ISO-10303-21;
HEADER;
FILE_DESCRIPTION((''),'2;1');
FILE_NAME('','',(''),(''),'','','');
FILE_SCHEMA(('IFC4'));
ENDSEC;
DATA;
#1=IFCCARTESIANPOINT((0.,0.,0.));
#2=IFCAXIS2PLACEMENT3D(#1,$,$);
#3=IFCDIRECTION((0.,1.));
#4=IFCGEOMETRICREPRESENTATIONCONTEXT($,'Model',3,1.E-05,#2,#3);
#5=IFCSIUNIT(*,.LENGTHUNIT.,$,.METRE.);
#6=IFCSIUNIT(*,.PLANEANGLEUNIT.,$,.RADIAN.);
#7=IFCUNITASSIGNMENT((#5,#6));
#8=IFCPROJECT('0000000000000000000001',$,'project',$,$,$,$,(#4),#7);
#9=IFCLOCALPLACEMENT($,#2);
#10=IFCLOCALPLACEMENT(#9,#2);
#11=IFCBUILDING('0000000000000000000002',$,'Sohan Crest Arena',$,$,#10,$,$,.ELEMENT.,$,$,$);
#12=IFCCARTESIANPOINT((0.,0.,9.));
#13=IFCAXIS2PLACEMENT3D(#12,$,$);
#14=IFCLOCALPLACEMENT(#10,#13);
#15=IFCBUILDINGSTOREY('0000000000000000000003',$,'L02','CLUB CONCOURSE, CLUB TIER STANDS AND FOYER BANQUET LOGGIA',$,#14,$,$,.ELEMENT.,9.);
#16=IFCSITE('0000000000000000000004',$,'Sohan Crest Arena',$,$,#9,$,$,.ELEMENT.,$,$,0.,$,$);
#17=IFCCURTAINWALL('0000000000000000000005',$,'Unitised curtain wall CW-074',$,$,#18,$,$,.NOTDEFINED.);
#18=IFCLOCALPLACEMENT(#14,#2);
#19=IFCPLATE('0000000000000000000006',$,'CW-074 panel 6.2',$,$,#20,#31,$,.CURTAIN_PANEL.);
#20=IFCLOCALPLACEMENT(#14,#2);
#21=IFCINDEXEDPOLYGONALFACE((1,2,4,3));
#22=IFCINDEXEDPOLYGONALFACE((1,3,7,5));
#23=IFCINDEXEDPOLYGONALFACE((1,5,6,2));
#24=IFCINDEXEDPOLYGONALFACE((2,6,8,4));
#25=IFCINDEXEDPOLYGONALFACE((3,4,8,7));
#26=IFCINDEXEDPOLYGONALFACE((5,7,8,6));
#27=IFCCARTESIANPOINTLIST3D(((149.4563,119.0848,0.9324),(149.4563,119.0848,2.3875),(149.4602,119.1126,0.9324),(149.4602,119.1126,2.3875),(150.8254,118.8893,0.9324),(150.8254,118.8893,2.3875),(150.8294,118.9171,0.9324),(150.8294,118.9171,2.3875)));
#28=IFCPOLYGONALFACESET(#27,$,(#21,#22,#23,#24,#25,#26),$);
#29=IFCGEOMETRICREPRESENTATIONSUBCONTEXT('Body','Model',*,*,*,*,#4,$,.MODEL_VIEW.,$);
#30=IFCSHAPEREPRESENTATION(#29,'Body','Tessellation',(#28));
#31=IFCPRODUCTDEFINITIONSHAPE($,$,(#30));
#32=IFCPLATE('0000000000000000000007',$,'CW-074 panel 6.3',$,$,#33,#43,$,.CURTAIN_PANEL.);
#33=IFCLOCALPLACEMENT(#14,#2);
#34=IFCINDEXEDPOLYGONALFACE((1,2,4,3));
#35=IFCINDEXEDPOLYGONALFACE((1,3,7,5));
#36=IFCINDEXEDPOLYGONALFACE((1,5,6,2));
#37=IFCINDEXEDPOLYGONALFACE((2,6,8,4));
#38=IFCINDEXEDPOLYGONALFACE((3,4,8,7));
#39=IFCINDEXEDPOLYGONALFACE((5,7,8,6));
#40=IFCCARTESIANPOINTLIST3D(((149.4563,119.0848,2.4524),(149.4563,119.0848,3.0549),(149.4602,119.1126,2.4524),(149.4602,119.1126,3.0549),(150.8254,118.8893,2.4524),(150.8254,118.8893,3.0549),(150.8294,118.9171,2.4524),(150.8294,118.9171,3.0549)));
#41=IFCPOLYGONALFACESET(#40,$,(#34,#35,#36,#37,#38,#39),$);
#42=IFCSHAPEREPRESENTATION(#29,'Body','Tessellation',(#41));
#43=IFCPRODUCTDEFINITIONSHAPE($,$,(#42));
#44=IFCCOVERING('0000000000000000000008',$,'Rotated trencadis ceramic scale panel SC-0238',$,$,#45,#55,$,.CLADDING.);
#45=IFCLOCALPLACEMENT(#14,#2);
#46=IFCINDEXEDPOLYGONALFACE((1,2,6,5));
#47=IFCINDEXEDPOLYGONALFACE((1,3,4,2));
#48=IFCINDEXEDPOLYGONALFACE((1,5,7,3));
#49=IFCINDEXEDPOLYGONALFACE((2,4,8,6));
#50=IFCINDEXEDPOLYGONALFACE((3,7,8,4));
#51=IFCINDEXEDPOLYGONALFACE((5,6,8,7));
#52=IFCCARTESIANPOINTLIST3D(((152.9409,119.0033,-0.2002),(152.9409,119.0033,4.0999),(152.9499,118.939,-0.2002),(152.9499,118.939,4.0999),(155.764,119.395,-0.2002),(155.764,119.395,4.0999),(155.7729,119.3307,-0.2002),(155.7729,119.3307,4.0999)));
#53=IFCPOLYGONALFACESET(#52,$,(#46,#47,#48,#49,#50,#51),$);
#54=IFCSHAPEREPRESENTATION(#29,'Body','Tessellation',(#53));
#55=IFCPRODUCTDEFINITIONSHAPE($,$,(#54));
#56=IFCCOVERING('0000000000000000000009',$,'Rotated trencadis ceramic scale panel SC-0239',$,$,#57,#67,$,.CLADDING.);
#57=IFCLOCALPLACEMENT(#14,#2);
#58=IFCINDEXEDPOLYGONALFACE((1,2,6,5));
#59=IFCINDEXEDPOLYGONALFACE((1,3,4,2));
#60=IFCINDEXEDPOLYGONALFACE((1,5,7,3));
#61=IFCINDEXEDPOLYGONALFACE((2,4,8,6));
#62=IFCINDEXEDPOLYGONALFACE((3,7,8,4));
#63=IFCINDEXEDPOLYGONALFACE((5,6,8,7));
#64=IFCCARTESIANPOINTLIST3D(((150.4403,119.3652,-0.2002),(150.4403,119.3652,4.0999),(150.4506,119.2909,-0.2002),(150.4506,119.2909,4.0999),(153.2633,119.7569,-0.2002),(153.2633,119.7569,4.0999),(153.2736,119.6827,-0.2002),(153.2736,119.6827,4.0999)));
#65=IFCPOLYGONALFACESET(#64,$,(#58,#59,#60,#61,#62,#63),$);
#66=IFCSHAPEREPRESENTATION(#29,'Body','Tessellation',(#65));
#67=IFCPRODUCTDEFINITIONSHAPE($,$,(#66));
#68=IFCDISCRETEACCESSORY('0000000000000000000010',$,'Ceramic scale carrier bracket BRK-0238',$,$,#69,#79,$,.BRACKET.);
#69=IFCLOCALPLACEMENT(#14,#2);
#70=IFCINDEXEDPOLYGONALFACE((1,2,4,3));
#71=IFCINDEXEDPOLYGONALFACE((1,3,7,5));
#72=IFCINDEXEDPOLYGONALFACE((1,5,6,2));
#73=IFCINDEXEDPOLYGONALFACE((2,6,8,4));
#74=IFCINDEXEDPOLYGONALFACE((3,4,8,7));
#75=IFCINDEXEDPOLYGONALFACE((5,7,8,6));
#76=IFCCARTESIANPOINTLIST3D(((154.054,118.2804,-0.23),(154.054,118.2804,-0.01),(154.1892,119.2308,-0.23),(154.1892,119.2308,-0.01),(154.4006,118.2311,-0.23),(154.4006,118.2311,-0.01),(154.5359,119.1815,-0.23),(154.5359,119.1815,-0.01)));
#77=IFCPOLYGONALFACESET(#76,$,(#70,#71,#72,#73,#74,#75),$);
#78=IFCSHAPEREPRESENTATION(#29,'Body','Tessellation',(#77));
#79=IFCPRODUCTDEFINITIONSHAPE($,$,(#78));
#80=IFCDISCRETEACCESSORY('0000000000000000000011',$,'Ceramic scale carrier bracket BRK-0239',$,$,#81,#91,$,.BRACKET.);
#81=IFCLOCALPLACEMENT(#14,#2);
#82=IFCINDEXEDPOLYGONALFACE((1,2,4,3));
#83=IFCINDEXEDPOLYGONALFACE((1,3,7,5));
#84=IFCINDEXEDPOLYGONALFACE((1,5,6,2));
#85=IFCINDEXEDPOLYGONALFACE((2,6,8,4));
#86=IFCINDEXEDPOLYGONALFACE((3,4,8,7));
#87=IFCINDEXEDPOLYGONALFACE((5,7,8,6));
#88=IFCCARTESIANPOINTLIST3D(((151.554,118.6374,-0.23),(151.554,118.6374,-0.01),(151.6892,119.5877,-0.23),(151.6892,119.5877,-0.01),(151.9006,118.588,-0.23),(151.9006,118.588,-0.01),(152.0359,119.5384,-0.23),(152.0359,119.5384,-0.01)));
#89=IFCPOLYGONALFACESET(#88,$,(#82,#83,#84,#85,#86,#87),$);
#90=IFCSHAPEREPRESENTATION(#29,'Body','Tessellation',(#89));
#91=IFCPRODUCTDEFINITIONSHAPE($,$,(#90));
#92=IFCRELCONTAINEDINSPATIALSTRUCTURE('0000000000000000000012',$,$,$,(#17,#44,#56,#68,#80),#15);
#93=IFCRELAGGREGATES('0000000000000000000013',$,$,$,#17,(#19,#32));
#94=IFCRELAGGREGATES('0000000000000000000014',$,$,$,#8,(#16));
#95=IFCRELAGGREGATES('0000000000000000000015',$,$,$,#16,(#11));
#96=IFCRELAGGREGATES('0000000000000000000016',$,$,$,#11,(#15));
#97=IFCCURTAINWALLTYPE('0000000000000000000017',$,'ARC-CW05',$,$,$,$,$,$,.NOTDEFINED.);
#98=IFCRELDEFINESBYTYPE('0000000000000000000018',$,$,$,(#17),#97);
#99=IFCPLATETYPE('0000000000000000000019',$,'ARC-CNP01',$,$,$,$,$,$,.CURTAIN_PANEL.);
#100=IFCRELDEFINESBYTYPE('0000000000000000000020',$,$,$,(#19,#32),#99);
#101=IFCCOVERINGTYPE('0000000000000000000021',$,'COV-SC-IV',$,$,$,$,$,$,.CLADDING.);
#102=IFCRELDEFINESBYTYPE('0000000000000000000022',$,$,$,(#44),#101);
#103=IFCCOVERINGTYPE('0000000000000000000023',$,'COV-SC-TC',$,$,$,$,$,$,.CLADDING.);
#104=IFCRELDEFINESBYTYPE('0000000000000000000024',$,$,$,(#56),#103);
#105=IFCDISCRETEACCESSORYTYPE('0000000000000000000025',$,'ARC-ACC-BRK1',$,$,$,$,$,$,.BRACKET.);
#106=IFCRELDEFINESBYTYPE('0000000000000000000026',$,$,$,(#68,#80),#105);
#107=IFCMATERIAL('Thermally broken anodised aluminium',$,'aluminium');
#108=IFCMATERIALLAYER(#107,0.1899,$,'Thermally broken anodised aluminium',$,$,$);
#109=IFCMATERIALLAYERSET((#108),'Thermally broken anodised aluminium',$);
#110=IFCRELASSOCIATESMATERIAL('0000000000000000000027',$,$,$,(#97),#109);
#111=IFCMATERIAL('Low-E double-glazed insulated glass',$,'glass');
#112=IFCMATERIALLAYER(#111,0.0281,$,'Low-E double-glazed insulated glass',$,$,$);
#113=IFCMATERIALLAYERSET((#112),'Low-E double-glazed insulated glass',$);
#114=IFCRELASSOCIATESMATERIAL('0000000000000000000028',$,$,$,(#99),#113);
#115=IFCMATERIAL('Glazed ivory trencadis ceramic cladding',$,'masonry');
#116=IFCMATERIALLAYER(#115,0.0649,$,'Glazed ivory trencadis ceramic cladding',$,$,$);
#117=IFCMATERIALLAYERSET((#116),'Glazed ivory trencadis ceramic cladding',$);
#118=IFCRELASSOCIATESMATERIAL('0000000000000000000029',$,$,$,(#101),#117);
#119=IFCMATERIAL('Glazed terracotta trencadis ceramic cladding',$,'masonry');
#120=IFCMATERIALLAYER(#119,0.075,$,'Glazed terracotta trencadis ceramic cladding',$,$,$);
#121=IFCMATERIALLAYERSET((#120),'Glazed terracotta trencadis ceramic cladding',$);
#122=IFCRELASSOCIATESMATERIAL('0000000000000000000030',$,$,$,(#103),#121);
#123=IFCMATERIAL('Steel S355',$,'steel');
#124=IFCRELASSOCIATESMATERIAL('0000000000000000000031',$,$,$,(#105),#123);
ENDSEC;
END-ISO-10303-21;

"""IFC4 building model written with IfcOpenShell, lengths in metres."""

from ifc_helpers import new_model, si_unit, direction, frame, origin, origin_2d, place, context, subcontext, project, spatial, rectangle, extrude, material, layer, layer_set, type_object, element, aggregate, save


model = new_model("IFC4")

# Units and contexts
model_context = context("Model", 3, precision=1e-05, world=origin(), true_north=direction((0.0, 1.0)))
body_context = subcontext(model_context, "Body", "Model", "MODEL_VIEW")
ifc_project = project(units=[si_unit("LENGTHUNIT", "METRE"), si_unit("PLANEANGLEUNIT", "RADIAN")], contexts=[model_context])

# Site, building, storey
site_placement = place(None, origin())
site = spatial("IfcSite", under=ifc_project, at=site_placement, Name="Sohan Crest Arena", CompositionType="ELEMENT", RefElevation=0.0)
building_placement = place(site_placement, origin())
building = spatial("IfcBuilding", under=site, at=building_placement, Name="Sohan Crest Arena", CompositionType="ELEMENT")
storey_placement = place(building_placement, frame((0.0, 0.0, 9.0)))
storey = spatial("IfcBuildingStorey", under=building, at=storey_placement, Name="L02", Description="CLUB CONCOURSE, CLUB TIER STANDS AND FOYER BANQUET LOGGIA", CompositionType="ELEMENT", Elevation=9.0)

# Curtain wall, plates
ifc_material_1 = material(Name="Thermally broken anodised aluminium", Category="aluminium")
ifc_layer_1 = layer(ifc_material_1, 0.1899, Name="Thermally broken anodised aluminium")
ifc_layer_set_1 = layer_set([ifc_layer_1], Name="Thermally broken anodised aluminium")
curtain_wall_type = type_object("IfcCurtainWallType", Name="ARC-CW05", PredefinedType="NOTDEFINED", material=ifc_layer_set_1)
curtain_wall_placement = place(storey_placement, origin())
curtain_wall = element("IfcCurtainWall", 1, at=curtain_wall_placement, inside=storey, type_object=curtain_wall_type, Name="Unitised curtain wall CW-074", PredefinedType="NOTDEFINED")
ifc_material_2 = material(Name="Low-E double-glazed insulated glass", Category="glass")
ifc_layer_2 = layer(ifc_material_2, 0.0281, Name="Low-E double-glazed insulated glass")
ifc_layer_set_2 = layer_set([ifc_layer_2], Name="Low-E double-glazed insulated glass")
plate_type = type_object("IfcPlateType", Name="ARC-CNP01", PredefinedType="CURTAIN_PANEL", material=ifc_layer_set_2)
plate_1_placement = place(storey_placement, frame((150.1428, 119.001, 0.9324), z_axis=(0.0, 0.0, 1.0), x_axis=(-0.989957, 0.141366, 0.0)))
plate_1 = element("IfcPlate", 2, at=plate_1_placement, type_object=plate_type, Name="CW-074 panel 6.2", PredefinedType="CURTAIN_PANEL", context=body_context, shape_type="SweptSolid", body=[
    extrude(rectangle(XDim=1.3831, YDim=0.0281, at=origin_2d()), origin(), (0.0, 0.0, 1.0), 1.4551),
])
plate_2_placement = place(storey_placement, frame((150.1428, 119.001, 2.4524), z_axis=(0.0, 0.0, 1.0), x_axis=(-0.989957, 0.141366, 0.0)))
plate_2 = element("IfcPlate", 3, at=plate_2_placement, type_object=plate_type, Name="CW-074 panel 6.3", PredefinedType="CURTAIN_PANEL", context=body_context, shape_type="SweptSolid", body=[
    extrude(rectangle(XDim=1.3831, YDim=0.0281, at=origin_2d()), origin(), (0.0, 0.0, 1.0), 0.6025),
])
aggregate(curtain_wall, [plate_1, plate_2])

# Coverings
ifc_material_3 = material(Name="Glazed ivory trencadis ceramic cladding", Category="masonry")
ifc_layer_3 = layer(ifc_material_3, 0.0649, Name="Glazed ivory trencadis ceramic cladding")
ifc_layer_set_3 = layer_set([ifc_layer_3], Name="Glazed ivory trencadis ceramic cladding")
covering_type_1 = type_object("IfcCoveringType", Name="COV-SC-IV", PredefinedType="CLADDING", material=ifc_layer_set_3)
covering_1_placement = place(storey_placement, frame((154.3569, 119.167, -0.2002), z_axis=(0.0, 0.0, 1.0), x_axis=(-0.990509, -0.137445, 0.0)))
element("IfcCovering", 4, at=covering_1_placement, inside=storey, type_object=covering_type_1, Name="Rotated trencadis ceramic scale panel SC-0238", PredefinedType="CLADDING", context=body_context, shape_type="SweptSolid", body=[
    extrude(rectangle(XDim=2.8501, YDim=0.0649, at=origin_2d()), origin(), (0.0, 0.0, 1.0), 4.3),
])
ifc_material_4 = material(Name="Glazed terracotta trencadis ceramic cladding", Category="masonry")
ifc_layer_4 = layer(ifc_material_4, 0.075, Name="Glazed terracotta trencadis ceramic cladding")
ifc_layer_set_4 = layer_set([ifc_layer_4], Name="Glazed terracotta trencadis ceramic cladding")
covering_type_2 = type_object("IfcCoveringType", Name="COV-SC-TC", PredefinedType="CLADDING", material=ifc_layer_set_4)
covering_2_placement = place(storey_placement, frame((151.8569, 119.5239, -0.2002), z_axis=(0.0, 0.0, 1.0), x_axis=(-0.990509, -0.137445, 0.0)))
element("IfcCovering", 5, at=covering_2_placement, inside=storey, type_object=covering_type_2, Name="Rotated trencadis ceramic scale panel SC-0239", PredefinedType="CLADDING", context=body_context, shape_type="SweptSolid", body=[
    extrude(rectangle(XDim=2.8501, YDim=0.075, at=origin_2d()), origin(), (0.0, 0.0, 1.0), 4.3),
])

# Discrete accessories
ifc_material_5 = material(Name="Steel S355", Category="steel")
discrete_accessory_type = type_object("IfcDiscreteAccessoryType", Name="ARC-ACC-BRK1", PredefinedType="BRACKET", material=ifc_material_5)
for number, where, z_axis, x_axis, name in (
    (6, (154.2949, 118.731, -0.23), (0.0, 0.0, 1.0), (-0.990024, 0.140901, 0.0), "Ceramic scale carrier bracket BRK-0238"),
    (7, (151.7949, 119.0879, -0.23), (0.0, 0.0, 1.0), (-0.990024, 0.140901, 0.0), "Ceramic scale carrier bracket BRK-0239"),
):
    element("IfcDiscreteAccessory", number, at=place(storey_placement, frame(where, z_axis=z_axis, x_axis=x_axis)), inside=storey, type_object=discrete_accessory_type, Name=name, PredefinedType="BRACKET", context=body_context, shape_type="SweptSolid", body=[
        extrude(rectangle(XDim=0.3501, YDim=0.96, at=origin_2d()), origin(), (0.0, 0.0, 1.0), 0.22),
    ])

save(model, "model.ifc")
